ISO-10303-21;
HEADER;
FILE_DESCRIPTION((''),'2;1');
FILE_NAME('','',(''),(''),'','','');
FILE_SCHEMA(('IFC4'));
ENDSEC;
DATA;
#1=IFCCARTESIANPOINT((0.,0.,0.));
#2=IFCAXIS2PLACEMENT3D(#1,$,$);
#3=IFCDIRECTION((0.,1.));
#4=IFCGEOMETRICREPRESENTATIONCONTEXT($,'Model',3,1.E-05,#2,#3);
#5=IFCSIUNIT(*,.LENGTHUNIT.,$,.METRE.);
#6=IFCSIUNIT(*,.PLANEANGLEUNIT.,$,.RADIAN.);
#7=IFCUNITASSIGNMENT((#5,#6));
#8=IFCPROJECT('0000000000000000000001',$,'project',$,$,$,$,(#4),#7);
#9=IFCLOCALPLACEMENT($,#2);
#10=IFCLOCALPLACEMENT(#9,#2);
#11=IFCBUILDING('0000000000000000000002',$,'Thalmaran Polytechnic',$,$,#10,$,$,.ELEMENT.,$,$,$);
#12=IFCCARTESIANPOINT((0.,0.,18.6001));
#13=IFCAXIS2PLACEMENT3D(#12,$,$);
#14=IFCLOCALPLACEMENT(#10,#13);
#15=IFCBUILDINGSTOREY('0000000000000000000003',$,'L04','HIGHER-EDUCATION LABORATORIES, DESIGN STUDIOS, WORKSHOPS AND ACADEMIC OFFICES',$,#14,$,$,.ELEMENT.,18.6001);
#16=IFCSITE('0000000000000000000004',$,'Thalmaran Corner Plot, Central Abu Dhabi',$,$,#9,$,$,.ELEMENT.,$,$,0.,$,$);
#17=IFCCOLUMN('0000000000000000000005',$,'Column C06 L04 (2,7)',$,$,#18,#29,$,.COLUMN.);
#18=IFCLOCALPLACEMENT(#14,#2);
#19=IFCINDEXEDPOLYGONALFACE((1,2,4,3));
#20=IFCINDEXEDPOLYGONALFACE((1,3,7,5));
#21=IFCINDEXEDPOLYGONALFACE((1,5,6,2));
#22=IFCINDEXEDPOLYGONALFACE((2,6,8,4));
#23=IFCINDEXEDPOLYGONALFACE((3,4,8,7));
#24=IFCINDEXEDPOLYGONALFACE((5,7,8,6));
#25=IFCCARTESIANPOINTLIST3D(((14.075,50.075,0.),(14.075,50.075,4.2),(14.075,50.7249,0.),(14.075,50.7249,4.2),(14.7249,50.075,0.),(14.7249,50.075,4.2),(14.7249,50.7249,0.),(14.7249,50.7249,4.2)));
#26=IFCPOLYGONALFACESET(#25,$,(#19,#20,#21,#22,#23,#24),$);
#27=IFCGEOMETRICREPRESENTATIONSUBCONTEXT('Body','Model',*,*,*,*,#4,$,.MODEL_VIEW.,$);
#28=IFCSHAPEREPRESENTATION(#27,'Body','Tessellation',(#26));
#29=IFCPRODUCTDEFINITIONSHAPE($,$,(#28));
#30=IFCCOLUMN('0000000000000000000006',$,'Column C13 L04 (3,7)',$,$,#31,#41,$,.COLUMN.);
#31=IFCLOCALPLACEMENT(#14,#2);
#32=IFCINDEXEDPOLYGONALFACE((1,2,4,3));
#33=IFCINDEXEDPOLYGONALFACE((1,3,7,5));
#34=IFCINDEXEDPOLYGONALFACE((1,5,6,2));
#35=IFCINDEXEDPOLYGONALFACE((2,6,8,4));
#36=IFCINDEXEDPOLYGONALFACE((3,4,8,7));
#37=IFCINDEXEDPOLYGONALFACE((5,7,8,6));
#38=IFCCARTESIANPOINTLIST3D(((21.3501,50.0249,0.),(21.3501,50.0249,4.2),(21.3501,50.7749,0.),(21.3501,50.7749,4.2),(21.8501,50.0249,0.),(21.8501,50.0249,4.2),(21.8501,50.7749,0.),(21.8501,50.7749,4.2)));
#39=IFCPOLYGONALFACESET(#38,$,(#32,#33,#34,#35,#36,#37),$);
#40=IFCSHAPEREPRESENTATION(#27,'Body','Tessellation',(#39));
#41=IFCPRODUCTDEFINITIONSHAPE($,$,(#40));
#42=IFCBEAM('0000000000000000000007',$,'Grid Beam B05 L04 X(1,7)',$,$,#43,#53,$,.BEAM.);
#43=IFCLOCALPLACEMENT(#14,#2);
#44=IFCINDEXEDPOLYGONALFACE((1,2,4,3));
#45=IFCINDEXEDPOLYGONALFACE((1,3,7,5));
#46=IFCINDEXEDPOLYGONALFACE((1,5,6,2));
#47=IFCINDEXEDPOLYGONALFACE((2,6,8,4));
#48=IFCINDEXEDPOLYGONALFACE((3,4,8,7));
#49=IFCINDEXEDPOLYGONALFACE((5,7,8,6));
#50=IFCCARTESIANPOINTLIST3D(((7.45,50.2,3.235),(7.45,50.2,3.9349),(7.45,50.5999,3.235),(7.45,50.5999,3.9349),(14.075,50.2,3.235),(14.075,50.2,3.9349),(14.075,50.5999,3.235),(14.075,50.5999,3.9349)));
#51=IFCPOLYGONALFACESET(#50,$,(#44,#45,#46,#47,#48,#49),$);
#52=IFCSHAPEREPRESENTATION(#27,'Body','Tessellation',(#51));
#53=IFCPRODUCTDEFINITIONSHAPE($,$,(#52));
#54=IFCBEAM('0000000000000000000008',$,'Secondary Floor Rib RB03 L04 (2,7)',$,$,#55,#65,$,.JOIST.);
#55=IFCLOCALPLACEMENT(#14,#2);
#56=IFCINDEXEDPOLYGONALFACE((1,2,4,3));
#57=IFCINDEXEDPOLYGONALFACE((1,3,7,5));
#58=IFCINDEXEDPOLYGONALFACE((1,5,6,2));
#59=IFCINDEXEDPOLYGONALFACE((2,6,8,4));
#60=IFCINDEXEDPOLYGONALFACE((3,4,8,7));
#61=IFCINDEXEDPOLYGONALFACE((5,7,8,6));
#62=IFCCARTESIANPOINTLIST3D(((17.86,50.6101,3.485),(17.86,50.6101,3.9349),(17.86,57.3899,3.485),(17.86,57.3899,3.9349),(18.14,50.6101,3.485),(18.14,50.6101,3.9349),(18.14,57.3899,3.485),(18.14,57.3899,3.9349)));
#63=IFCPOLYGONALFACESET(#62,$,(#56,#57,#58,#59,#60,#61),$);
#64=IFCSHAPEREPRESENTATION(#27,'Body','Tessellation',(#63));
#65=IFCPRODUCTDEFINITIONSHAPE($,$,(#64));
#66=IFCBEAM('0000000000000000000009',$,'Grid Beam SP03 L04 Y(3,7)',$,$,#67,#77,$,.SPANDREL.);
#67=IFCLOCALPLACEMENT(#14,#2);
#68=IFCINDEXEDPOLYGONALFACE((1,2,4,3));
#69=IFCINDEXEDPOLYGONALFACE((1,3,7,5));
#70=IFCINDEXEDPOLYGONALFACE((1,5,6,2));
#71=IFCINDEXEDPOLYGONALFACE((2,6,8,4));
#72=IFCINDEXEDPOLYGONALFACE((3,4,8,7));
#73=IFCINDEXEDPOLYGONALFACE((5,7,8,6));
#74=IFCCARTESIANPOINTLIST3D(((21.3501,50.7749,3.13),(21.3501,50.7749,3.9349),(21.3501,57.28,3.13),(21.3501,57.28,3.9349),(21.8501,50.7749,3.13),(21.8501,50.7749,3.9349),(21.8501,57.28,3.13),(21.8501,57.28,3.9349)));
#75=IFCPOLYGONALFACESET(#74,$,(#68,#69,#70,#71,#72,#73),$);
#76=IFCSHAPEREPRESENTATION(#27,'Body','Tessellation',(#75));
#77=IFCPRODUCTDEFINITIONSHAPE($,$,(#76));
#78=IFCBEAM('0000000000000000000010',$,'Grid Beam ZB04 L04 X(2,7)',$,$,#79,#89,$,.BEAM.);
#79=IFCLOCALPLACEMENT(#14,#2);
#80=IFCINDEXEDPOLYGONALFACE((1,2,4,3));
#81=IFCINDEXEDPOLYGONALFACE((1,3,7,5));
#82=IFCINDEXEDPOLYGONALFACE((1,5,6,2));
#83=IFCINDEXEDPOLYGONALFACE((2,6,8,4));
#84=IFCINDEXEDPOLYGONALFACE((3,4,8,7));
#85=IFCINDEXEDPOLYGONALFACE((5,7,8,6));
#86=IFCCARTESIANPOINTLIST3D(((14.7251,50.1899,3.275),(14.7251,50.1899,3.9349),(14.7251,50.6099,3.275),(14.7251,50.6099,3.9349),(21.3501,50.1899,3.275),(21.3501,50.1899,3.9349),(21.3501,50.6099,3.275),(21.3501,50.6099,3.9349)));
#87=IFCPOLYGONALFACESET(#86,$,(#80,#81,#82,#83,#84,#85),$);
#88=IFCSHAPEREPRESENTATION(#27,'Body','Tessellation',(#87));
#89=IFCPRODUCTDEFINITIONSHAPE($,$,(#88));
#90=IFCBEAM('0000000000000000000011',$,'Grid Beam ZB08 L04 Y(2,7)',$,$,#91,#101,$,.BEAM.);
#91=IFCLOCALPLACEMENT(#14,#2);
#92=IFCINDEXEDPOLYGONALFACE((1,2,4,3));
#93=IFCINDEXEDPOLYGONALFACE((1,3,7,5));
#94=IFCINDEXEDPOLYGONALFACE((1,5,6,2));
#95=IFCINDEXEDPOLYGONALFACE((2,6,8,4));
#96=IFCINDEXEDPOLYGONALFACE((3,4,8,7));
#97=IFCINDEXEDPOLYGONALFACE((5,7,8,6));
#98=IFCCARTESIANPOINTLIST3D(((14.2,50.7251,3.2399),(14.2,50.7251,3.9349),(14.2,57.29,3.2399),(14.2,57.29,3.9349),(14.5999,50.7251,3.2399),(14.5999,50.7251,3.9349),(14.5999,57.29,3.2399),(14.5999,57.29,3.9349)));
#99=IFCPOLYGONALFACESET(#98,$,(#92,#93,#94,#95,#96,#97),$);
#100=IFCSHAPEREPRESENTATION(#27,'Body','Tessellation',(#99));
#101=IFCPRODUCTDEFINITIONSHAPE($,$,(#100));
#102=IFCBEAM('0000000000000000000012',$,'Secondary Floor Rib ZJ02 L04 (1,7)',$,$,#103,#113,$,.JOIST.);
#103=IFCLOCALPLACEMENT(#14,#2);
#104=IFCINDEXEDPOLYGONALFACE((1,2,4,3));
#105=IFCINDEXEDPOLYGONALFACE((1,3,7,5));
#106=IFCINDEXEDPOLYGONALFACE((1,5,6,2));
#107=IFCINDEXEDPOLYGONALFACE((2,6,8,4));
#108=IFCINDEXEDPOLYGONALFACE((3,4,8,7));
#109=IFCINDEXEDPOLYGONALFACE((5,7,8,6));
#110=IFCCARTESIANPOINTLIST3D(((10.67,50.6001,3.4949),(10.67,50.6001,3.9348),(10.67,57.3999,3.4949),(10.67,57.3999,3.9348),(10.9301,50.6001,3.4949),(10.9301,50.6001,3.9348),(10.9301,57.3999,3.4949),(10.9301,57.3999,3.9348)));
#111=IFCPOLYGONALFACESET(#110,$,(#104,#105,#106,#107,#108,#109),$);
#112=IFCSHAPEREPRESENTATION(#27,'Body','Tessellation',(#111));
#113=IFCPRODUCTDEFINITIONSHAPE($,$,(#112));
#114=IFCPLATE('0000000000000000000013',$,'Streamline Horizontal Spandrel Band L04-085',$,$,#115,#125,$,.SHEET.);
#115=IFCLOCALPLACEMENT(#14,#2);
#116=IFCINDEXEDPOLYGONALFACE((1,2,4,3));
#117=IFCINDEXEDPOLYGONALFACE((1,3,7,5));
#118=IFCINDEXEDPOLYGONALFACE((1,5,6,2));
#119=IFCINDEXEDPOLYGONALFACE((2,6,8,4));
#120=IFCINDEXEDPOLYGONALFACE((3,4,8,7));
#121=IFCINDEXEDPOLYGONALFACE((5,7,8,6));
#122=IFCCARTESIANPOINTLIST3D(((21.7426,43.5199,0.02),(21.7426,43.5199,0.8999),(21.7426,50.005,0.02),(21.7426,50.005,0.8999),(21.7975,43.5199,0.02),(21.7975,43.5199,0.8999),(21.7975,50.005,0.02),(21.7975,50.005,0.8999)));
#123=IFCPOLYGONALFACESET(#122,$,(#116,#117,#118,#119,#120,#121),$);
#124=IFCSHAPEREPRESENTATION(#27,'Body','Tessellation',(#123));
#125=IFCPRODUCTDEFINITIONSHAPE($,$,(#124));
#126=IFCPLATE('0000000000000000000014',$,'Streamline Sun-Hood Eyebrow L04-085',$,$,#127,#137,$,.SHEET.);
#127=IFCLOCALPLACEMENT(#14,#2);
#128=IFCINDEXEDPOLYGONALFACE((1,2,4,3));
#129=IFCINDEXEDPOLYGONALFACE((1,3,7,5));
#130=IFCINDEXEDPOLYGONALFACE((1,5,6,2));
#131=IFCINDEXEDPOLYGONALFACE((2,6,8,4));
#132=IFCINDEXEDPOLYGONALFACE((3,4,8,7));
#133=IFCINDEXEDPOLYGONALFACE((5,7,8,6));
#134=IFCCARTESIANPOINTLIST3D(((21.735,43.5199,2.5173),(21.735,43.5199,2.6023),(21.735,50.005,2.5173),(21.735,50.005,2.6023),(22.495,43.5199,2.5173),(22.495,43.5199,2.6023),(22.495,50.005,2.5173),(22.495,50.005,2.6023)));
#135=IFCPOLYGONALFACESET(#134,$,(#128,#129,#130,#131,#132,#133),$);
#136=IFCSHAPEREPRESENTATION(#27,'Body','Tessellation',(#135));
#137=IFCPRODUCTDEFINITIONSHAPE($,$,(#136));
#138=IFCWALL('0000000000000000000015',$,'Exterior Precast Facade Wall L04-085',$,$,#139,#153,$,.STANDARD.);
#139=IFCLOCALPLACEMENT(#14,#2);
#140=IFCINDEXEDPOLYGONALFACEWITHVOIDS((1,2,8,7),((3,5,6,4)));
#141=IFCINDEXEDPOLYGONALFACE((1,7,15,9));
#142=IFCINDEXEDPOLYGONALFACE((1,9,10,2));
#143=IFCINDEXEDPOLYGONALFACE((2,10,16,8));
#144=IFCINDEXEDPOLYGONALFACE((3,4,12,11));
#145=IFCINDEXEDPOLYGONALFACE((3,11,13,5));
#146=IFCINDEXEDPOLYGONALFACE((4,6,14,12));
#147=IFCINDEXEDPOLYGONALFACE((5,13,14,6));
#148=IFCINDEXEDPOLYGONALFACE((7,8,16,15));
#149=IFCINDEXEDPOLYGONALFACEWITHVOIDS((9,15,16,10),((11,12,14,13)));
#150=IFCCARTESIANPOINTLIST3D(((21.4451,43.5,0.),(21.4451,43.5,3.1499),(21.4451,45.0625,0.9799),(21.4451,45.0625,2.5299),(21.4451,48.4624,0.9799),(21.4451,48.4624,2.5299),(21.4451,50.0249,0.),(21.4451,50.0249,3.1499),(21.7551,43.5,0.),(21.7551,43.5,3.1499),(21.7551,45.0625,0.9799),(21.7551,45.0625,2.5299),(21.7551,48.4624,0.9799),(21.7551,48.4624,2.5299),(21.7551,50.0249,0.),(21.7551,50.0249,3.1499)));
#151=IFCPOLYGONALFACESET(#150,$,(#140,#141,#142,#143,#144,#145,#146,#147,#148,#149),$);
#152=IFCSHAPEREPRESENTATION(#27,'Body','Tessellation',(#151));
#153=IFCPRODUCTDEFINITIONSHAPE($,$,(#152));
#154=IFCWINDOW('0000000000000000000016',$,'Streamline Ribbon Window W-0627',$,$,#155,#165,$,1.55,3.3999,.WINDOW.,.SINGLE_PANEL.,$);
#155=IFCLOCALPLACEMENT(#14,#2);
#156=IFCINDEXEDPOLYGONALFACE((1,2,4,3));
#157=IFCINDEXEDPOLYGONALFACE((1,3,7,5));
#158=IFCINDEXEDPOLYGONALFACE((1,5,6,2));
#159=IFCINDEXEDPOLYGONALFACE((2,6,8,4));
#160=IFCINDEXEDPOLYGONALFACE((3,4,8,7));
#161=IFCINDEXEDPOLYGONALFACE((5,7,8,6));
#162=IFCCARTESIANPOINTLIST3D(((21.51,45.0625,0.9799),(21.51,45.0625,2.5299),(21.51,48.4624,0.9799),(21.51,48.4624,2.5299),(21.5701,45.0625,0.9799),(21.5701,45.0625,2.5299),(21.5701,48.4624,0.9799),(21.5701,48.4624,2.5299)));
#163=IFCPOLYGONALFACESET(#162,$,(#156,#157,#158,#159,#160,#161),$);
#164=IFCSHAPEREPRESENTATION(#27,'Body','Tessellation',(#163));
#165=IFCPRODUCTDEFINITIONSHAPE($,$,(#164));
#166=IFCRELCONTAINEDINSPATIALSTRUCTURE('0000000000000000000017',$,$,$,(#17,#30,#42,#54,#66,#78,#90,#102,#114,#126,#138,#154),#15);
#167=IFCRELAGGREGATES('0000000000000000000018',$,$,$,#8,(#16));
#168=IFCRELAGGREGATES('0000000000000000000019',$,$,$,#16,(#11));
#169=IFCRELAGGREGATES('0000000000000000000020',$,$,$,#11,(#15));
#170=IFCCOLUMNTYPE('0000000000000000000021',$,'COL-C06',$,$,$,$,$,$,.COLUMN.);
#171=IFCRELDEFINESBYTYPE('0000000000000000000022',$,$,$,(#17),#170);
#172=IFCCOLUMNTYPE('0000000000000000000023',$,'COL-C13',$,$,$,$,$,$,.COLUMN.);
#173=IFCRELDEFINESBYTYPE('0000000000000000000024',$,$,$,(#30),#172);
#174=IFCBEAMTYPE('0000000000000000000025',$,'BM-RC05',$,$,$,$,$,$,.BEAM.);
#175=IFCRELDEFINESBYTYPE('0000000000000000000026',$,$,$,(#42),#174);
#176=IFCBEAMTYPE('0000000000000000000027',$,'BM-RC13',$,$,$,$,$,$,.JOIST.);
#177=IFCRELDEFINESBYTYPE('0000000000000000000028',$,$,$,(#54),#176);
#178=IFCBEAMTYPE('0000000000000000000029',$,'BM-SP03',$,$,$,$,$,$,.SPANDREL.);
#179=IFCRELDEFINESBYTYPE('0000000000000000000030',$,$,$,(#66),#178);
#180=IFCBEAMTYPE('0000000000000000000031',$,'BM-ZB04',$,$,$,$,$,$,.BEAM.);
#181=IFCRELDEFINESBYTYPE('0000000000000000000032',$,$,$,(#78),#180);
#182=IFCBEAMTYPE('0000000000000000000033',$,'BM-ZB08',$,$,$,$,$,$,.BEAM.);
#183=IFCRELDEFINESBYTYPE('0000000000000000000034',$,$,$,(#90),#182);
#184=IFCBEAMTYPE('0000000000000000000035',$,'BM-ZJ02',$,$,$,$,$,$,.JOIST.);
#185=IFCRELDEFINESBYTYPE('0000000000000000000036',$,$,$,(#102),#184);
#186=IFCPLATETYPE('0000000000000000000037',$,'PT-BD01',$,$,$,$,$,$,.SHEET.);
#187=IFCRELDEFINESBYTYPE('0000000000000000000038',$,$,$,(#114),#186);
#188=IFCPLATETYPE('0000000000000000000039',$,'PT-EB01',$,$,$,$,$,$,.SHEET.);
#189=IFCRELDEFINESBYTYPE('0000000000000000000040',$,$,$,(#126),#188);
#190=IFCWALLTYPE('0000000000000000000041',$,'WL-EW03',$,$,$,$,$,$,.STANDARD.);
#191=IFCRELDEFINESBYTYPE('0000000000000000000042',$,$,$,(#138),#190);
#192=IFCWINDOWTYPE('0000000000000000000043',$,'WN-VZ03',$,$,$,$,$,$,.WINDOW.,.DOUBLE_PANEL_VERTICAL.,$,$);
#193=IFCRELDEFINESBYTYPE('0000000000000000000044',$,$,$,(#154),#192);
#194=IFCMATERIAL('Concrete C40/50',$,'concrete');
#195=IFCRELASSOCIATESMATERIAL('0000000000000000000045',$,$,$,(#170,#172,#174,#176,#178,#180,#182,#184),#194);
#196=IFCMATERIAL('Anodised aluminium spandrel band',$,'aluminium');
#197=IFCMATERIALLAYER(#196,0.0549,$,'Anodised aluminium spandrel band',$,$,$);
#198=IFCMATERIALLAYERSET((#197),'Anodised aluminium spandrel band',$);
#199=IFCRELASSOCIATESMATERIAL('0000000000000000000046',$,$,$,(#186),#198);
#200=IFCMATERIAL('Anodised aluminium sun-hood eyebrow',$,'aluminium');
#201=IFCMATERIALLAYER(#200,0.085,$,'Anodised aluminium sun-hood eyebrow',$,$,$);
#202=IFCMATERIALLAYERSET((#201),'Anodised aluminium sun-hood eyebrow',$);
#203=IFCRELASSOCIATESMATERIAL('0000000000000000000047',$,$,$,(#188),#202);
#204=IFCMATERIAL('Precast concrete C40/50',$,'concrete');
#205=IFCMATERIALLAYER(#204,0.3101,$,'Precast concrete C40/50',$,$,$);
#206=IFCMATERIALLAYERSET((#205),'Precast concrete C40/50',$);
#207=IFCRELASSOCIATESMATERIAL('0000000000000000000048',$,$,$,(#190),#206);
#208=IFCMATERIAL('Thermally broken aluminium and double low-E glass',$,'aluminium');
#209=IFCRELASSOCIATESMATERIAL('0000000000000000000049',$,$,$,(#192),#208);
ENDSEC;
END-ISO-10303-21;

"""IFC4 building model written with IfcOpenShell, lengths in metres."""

from ifc_helpers import new_model, si_unit, direction, frame, frame_2d, origin, origin_2d, place, context, subcontext, project, spatial, rectangle, extrude, material, layer, layer_set, material_profile, profile_set, type_object, element, fill, save


model = new_model("IFC4")

# Units and contexts
model_context = context("Model", 3, precision=1e-05, world=origin(), true_north=direction((0.0, 1.0)))
body_context = subcontext(model_context, "Body", "Model", "MODEL_VIEW")
ifc_project = project(units=[si_unit("LENGTHUNIT", "METRE"), si_unit("PLANEANGLEUNIT", "RADIAN")], contexts=[model_context])

# Site, building, storey
site_placement = place(None, origin())
site = spatial("IfcSite", under=ifc_project, at=site_placement, Name="Thalmaran Corner Plot, Central Abu Dhabi", CompositionType="ELEMENT", RefElevation=0.0)
building_placement = place(site_placement, origin())
building = spatial("IfcBuilding", under=site, at=building_placement, Name="Thalmaran Polytechnic", CompositionType="ELEMENT")
storey_placement = place(building_placement, frame((0.0, 0.0, 18.6001)))
storey = spatial("IfcBuildingStorey", under=building, at=storey_placement, Name="L04", Description="HIGHER-EDUCATION LABORATORIES, DESIGN STUDIOS, WORKSHOPS AND ACADEMIC OFFICES", CompositionType="ELEMENT", Elevation=18.6001)

# Columns
ifc_material_1 = material(Name="Concrete C40/50", Category="concrete")
ifc_material_profile_1 = material_profile(ifc_material_1, rectangle(XDim=0.6499, YDim=0.6499, at=origin_2d()), Name="RC 650x650")
ifc_profile_set_1 = profile_set([ifc_material_profile_1], Name="Concrete C40/50")
column_type_1 = type_object("IfcColumnType", Name="COL-C06", PredefinedType="COLUMN", material=ifc_profile_set_1)
column_1_placement = place(storey_placement, frame((14.3999, 50.3999, 0.0), z_axis=(0.0, 0.0, 1.0), x_axis=(1.0, 0.0, 0.0)))
element("IfcColumn", 1, at=column_1_placement, inside=storey, type_object=column_type_1, Name="Column C06 L04 (2,7)", PredefinedType="COLUMN", context=body_context, shape_type="SweptSolid", body=[
    extrude(rectangle(XDim=0.6499, YDim=0.6499, at=origin_2d()), origin(), (0.0, 0.0, 1.0), 4.2),
])
ifc_material_profile_2 = material_profile(ifc_material_1, rectangle(XDim=0.5, YDim=0.75, at=origin_2d()), Name="RC 500x750")
ifc_profile_set_2 = profile_set([ifc_material_profile_2], Name="Concrete C40/50")
column_type_2 = type_object("IfcColumnType", Name="COL-C13", PredefinedType="COLUMN", material=ifc_profile_set_2)
column_2_placement = place(storey_placement, frame((21.6001, 50.3999, 0.0), z_axis=(0.0, 0.0, 1.0), x_axis=(1.0, 0.0, 0.0)))
element("IfcColumn", 2, at=column_2_placement, inside=storey, type_object=column_type_2, Name="Column C13 L04 (3,7)", PredefinedType="COLUMN", context=body_context, shape_type="SweptSolid", body=[
    extrude(rectangle(XDim=0.5, YDim=0.75, at=origin_2d()), origin(), (0.0, 0.0, 1.0), 4.2),
])

# Beams
ifc_material_profile_3 = material_profile(ifc_material_1, rectangle(XDim=0.3999, YDim=0.7, at=origin_2d()), Name="RC 400x700")
ifc_profile_set_3 = profile_set([ifc_material_profile_3], Name="Concrete C40/50")
beam_type_1 = type_object("IfcBeamType", Name="BM-RC05", PredefinedType="BEAM", material=ifc_profile_set_3)
beam_1_placement = place(storey_placement, frame((7.45, 50.3999, 3.585), z_axis=(1.0, 0.0, 0.0), x_axis=(0.0, 1.0, 0.0)))
element("IfcBeam", 3, at=beam_1_placement, inside=storey, type_object=beam_type_1, Name="Grid Beam B05 L04 X(1,7)", PredefinedType="BEAM", context=body_context, shape_type="SweptSolid", body=[
    extrude(rectangle(XDim=0.3999, YDim=0.7, at=origin_2d()), origin(), (0.0, 0.0, 1.0), 6.625),
])
ifc_material_profile_4 = material_profile(ifc_material_1, rectangle(XDim=0.28, YDim=0.45, at=origin_2d()), Name="RC 280x450")
ifc_profile_set_4 = profile_set([ifc_material_profile_4], Name="Concrete C40/50")
beam_type_2 = type_object("IfcBeamType", Name="BM-RC13", PredefinedType="JOIST", material=ifc_profile_set_4)
beam_2_placement = place(storey_placement, frame((18.0, 50.6101, 3.71), z_axis=(0.0, 1.0, 0.0), x_axis=(-1.0, 0.0, 0.0)))
element("IfcBeam", 4, at=beam_2_placement, inside=storey, type_object=beam_type_2, Name="Secondary Floor Rib RB03 L04 (2,7)", PredefinedType="JOIST", context=body_context, shape_type="SweptSolid", body=[
    extrude(rectangle(XDim=0.28, YDim=0.45, at=origin_2d()), origin(), (0.0, 0.0, 1.0), 6.7798),
])
ifc_material_profile_5 = material_profile(ifc_material_1, rectangle(XDim=0.5, YDim=0.8049, at=origin_2d()), Name="RC 500x805")
ifc_profile_set_5 = profile_set([ifc_material_profile_5], Name="Concrete C40/50")
beam_type_3 = type_object("IfcBeamType", Name="BM-SP03", PredefinedType="SPANDREL", material=ifc_profile_set_5)
beam_3_placement = place(storey_placement, frame((21.6001, 50.7749, 3.5325), z_axis=(0.0, 1.0, 0.0), x_axis=(-1.0, 0.0, 0.0)))
element("IfcBeam", 5, at=beam_3_placement, inside=storey, type_object=beam_type_3, Name="Grid Beam SP03 L04 Y(3,7)", PredefinedType="SPANDREL", context=body_context, shape_type="SweptSolid", body=[
    extrude(rectangle(XDim=0.5, YDim=0.8049, at=origin_2d()), origin(), (0.0, 0.0, 1.0), 6.5051),
])
ifc_material_profile_6 = material_profile(ifc_material_1, rectangle(XDim=0.4199, YDim=0.6599, at=origin_2d()), Name="RC 420x660")
ifc_profile_set_6 = profile_set([ifc_material_profile_6], Name="Concrete C40/50")
beam_type_4 = type_object("IfcBeamType", Name="BM-ZB04", PredefinedType="BEAM", material=ifc_profile_set_6)
beam_4_placement = place(storey_placement, frame((14.7251, 50.3999, 3.605), z_axis=(1.0, 0.0, 0.0), x_axis=(0.0, 1.0, 0.0)))
element("IfcBeam", 6, at=beam_4_placement, inside=storey, type_object=beam_type_4, Name="Grid Beam ZB04 L04 X(2,7)", PredefinedType="BEAM", context=body_context, shape_type="SweptSolid", body=[
    extrude(rectangle(XDim=0.4199, YDim=0.6599, at=origin_2d()), origin(), (0.0, 0.0, 1.0), 6.625),
])
ifc_material_profile_7 = material_profile(ifc_material_1, rectangle(XDim=0.3999, YDim=0.6951, at=origin_2d()), Name="RC 400x695")
ifc_profile_set_7 = profile_set([ifc_material_profile_7], Name="Concrete C40/50")
beam_type_5 = type_object("IfcBeamType", Name="BM-ZB08", PredefinedType="BEAM", material=ifc_profile_set_7)
beam_5_placement = place(storey_placement, frame((14.3999, 50.7251, 3.5874), z_axis=(0.0, 1.0, 0.0), x_axis=(-1.0, 0.0, 0.0)))
element("IfcBeam", 7, at=beam_5_placement, inside=storey, type_object=beam_type_5, Name="Grid Beam ZB08 L04 Y(2,7)", PredefinedType="BEAM", context=body_context, shape_type="SweptSolid", body=[
    extrude(rectangle(XDim=0.3999, YDim=0.6951, at=origin_2d()), origin(), (0.0, 0.0, 1.0), 6.5649),
])
ifc_material_profile_8 = material_profile(ifc_material_1, rectangle(XDim=0.26, YDim=0.4399, at=origin_2d()), Name="RC 260x440")
ifc_profile_set_8 = profile_set([ifc_material_profile_8], Name="Concrete C40/50")
beam_type_6 = type_object("IfcBeamType", Name="BM-ZJ02", PredefinedType="JOIST", material=ifc_profile_set_8)
beam_6_placement = place(storey_placement, frame((10.8, 50.6001, 3.7148), z_axis=(0.0, 1.0, 0.0), x_axis=(-1.0, 0.0, 0.0)))
element("IfcBeam", 8, at=beam_6_placement, inside=storey, type_object=beam_type_6, Name="Secondary Floor Rib ZJ02 L04 (1,7)", PredefinedType="JOIST", context=body_context, shape_type="SweptSolid", body=[
    extrude(rectangle(XDim=0.26, YDim=0.4399, at=origin_2d()), origin(), (0.0, 0.0, 1.0), 6.7998),
])

# Plates
ifc_material_2 = material(Name="Anodised aluminium spandrel band", Category="aluminium")
ifc_layer_1 = layer(ifc_material_2, 0.0549, Name="Anodised aluminium spandrel band")
ifc_layer_set_1 = layer_set([ifc_layer_1], Name="Anodised aluminium spandrel band")
plate_type_1 = type_object("IfcPlateType", Name="PT-BD01", PredefinedType="SHEET", material=ifc_layer_set_1)
plate_1_placement = place(storey_placement, frame((21.77, 46.7625, 0.02), z_axis=(0.0, 0.0, 1.0), x_axis=(0.0, -1.0, 0.0)))
element("IfcPlate", 9, at=plate_1_placement, inside=storey, type_object=plate_type_1, Name="Streamline Horizontal Spandrel Band L04-085", PredefinedType="SHEET", context=body_context, shape_type="SweptSolid", body=[
    extrude(rectangle(XDim=6.4851, YDim=0.0549, at=origin_2d()), origin(), (0.0, 0.0, 1.0), 0.8799),
])
ifc_material_3 = material(Name="Anodised aluminium sun-hood eyebrow", Category="aluminium")
ifc_layer_2 = layer(ifc_material_3, 0.085, Name="Anodised aluminium sun-hood eyebrow")
ifc_layer_set_2 = layer_set([ifc_layer_2], Name="Anodised aluminium sun-hood eyebrow")
plate_type_2 = type_object("IfcPlateType", Name="PT-EB01", PredefinedType="SHEET", material=ifc_layer_set_2)
plate_2_placement = place(storey_placement, frame((22.115, 46.7625, 2.5173), z_axis=(0.0, 0.0, 1.0), x_axis=(0.0, -1.0, 0.0)))
element("IfcPlate", 10, at=plate_2_placement, inside=storey, type_object=plate_type_2, Name="Streamline Sun-Hood Eyebrow L04-085", PredefinedType="SHEET", context=body_context, shape_type="SweptSolid", body=[
    extrude(rectangle(XDim=6.4851, YDim=0.76, at=origin_2d()), origin(), (0.0, 0.0, 1.0), 0.085),
])

# Wall, opening, window
ifc_material_4 = material(Name="Precast concrete C40/50", Category="concrete")
ifc_layer_3 = layer(ifc_material_4, 0.3101, Name="Precast concrete C40/50")
ifc_layer_set_3 = layer_set([ifc_layer_3], Name="Precast concrete C40/50")
wall_type_1 = type_object("IfcWallType", Name="WL-EW03", PredefinedType="STANDARD", material=ifc_layer_set_3)
wall_1_placement = place(storey_placement, frame((21.6001, 50.0249, 0.0), z_axis=(0.0, 0.0, 1.0), x_axis=(0.0, -1.0, 0.0)))
wall_1 = element("IfcWall", 11, at=wall_1_placement, inside=storey, type_object=wall_type_1, Name="Exterior Precast Facade Wall L04-085", PredefinedType="STANDARD", context=body_context, shape_type="SweptSolid", body=[
    extrude(rectangle(XDim=6.5249, YDim=0.3101, at=frame_2d((3.2625, 0.0))), origin(), (0.0, 0.0, 1.0), 3.1499),
])
opening_1_placement = place(wall_1_placement, frame((1.5625, 0.0, 0.98)))
opening_1 = element("IfcOpeningElement", 12, at=opening_1_placement, cuts=wall_1, PredefinedType="OPENING", context=body_context, shape_type="SweptSolid", body=[
    extrude(rectangle(XDim=3.3999, YDim=1.55, at=frame_2d((1.7, 0.7749))), frame((0.0, 0.165, 0.0), z_axis=(0.0, -1.0, 0.0), x_axis=(1.0, 0.0, 0.0)), (0.0, 0.0, 1.0), 0.3301),
])
ifc_material_5 = material(Name="Thermally broken aluminium and double low-E glass", Category="aluminium")
window_type = type_object("IfcWindowType", Name="WN-VZ03", PartitioningType="DOUBLE_PANEL_VERTICAL", PredefinedType="WINDOW", material=ifc_material_5)
window_placement = place(opening_1_placement, origin())
window = element("IfcWindow", 13, at=window_placement, inside=storey, type_object=window_type, Name="Streamline Ribbon Window W-0627", OverallHeight=1.55, OverallWidth=3.3999, PartitioningType="SINGLE_PANEL", PredefinedType="WINDOW", context=body_context, shape_type="SweptSolid", body=[
    extrude(rectangle(XDim=3.3999, YDim=1.55, at=frame_2d((1.7, 0.7749))), frame((0.0, -0.03, 0.0), z_axis=(0.0, -1.0, 0.0), x_axis=(1.0, 0.0, 0.0)), (0.0, 0.0, 1.0), 0.0601),
])
fill(opening_1, window)

save(model, "model.ifc")
